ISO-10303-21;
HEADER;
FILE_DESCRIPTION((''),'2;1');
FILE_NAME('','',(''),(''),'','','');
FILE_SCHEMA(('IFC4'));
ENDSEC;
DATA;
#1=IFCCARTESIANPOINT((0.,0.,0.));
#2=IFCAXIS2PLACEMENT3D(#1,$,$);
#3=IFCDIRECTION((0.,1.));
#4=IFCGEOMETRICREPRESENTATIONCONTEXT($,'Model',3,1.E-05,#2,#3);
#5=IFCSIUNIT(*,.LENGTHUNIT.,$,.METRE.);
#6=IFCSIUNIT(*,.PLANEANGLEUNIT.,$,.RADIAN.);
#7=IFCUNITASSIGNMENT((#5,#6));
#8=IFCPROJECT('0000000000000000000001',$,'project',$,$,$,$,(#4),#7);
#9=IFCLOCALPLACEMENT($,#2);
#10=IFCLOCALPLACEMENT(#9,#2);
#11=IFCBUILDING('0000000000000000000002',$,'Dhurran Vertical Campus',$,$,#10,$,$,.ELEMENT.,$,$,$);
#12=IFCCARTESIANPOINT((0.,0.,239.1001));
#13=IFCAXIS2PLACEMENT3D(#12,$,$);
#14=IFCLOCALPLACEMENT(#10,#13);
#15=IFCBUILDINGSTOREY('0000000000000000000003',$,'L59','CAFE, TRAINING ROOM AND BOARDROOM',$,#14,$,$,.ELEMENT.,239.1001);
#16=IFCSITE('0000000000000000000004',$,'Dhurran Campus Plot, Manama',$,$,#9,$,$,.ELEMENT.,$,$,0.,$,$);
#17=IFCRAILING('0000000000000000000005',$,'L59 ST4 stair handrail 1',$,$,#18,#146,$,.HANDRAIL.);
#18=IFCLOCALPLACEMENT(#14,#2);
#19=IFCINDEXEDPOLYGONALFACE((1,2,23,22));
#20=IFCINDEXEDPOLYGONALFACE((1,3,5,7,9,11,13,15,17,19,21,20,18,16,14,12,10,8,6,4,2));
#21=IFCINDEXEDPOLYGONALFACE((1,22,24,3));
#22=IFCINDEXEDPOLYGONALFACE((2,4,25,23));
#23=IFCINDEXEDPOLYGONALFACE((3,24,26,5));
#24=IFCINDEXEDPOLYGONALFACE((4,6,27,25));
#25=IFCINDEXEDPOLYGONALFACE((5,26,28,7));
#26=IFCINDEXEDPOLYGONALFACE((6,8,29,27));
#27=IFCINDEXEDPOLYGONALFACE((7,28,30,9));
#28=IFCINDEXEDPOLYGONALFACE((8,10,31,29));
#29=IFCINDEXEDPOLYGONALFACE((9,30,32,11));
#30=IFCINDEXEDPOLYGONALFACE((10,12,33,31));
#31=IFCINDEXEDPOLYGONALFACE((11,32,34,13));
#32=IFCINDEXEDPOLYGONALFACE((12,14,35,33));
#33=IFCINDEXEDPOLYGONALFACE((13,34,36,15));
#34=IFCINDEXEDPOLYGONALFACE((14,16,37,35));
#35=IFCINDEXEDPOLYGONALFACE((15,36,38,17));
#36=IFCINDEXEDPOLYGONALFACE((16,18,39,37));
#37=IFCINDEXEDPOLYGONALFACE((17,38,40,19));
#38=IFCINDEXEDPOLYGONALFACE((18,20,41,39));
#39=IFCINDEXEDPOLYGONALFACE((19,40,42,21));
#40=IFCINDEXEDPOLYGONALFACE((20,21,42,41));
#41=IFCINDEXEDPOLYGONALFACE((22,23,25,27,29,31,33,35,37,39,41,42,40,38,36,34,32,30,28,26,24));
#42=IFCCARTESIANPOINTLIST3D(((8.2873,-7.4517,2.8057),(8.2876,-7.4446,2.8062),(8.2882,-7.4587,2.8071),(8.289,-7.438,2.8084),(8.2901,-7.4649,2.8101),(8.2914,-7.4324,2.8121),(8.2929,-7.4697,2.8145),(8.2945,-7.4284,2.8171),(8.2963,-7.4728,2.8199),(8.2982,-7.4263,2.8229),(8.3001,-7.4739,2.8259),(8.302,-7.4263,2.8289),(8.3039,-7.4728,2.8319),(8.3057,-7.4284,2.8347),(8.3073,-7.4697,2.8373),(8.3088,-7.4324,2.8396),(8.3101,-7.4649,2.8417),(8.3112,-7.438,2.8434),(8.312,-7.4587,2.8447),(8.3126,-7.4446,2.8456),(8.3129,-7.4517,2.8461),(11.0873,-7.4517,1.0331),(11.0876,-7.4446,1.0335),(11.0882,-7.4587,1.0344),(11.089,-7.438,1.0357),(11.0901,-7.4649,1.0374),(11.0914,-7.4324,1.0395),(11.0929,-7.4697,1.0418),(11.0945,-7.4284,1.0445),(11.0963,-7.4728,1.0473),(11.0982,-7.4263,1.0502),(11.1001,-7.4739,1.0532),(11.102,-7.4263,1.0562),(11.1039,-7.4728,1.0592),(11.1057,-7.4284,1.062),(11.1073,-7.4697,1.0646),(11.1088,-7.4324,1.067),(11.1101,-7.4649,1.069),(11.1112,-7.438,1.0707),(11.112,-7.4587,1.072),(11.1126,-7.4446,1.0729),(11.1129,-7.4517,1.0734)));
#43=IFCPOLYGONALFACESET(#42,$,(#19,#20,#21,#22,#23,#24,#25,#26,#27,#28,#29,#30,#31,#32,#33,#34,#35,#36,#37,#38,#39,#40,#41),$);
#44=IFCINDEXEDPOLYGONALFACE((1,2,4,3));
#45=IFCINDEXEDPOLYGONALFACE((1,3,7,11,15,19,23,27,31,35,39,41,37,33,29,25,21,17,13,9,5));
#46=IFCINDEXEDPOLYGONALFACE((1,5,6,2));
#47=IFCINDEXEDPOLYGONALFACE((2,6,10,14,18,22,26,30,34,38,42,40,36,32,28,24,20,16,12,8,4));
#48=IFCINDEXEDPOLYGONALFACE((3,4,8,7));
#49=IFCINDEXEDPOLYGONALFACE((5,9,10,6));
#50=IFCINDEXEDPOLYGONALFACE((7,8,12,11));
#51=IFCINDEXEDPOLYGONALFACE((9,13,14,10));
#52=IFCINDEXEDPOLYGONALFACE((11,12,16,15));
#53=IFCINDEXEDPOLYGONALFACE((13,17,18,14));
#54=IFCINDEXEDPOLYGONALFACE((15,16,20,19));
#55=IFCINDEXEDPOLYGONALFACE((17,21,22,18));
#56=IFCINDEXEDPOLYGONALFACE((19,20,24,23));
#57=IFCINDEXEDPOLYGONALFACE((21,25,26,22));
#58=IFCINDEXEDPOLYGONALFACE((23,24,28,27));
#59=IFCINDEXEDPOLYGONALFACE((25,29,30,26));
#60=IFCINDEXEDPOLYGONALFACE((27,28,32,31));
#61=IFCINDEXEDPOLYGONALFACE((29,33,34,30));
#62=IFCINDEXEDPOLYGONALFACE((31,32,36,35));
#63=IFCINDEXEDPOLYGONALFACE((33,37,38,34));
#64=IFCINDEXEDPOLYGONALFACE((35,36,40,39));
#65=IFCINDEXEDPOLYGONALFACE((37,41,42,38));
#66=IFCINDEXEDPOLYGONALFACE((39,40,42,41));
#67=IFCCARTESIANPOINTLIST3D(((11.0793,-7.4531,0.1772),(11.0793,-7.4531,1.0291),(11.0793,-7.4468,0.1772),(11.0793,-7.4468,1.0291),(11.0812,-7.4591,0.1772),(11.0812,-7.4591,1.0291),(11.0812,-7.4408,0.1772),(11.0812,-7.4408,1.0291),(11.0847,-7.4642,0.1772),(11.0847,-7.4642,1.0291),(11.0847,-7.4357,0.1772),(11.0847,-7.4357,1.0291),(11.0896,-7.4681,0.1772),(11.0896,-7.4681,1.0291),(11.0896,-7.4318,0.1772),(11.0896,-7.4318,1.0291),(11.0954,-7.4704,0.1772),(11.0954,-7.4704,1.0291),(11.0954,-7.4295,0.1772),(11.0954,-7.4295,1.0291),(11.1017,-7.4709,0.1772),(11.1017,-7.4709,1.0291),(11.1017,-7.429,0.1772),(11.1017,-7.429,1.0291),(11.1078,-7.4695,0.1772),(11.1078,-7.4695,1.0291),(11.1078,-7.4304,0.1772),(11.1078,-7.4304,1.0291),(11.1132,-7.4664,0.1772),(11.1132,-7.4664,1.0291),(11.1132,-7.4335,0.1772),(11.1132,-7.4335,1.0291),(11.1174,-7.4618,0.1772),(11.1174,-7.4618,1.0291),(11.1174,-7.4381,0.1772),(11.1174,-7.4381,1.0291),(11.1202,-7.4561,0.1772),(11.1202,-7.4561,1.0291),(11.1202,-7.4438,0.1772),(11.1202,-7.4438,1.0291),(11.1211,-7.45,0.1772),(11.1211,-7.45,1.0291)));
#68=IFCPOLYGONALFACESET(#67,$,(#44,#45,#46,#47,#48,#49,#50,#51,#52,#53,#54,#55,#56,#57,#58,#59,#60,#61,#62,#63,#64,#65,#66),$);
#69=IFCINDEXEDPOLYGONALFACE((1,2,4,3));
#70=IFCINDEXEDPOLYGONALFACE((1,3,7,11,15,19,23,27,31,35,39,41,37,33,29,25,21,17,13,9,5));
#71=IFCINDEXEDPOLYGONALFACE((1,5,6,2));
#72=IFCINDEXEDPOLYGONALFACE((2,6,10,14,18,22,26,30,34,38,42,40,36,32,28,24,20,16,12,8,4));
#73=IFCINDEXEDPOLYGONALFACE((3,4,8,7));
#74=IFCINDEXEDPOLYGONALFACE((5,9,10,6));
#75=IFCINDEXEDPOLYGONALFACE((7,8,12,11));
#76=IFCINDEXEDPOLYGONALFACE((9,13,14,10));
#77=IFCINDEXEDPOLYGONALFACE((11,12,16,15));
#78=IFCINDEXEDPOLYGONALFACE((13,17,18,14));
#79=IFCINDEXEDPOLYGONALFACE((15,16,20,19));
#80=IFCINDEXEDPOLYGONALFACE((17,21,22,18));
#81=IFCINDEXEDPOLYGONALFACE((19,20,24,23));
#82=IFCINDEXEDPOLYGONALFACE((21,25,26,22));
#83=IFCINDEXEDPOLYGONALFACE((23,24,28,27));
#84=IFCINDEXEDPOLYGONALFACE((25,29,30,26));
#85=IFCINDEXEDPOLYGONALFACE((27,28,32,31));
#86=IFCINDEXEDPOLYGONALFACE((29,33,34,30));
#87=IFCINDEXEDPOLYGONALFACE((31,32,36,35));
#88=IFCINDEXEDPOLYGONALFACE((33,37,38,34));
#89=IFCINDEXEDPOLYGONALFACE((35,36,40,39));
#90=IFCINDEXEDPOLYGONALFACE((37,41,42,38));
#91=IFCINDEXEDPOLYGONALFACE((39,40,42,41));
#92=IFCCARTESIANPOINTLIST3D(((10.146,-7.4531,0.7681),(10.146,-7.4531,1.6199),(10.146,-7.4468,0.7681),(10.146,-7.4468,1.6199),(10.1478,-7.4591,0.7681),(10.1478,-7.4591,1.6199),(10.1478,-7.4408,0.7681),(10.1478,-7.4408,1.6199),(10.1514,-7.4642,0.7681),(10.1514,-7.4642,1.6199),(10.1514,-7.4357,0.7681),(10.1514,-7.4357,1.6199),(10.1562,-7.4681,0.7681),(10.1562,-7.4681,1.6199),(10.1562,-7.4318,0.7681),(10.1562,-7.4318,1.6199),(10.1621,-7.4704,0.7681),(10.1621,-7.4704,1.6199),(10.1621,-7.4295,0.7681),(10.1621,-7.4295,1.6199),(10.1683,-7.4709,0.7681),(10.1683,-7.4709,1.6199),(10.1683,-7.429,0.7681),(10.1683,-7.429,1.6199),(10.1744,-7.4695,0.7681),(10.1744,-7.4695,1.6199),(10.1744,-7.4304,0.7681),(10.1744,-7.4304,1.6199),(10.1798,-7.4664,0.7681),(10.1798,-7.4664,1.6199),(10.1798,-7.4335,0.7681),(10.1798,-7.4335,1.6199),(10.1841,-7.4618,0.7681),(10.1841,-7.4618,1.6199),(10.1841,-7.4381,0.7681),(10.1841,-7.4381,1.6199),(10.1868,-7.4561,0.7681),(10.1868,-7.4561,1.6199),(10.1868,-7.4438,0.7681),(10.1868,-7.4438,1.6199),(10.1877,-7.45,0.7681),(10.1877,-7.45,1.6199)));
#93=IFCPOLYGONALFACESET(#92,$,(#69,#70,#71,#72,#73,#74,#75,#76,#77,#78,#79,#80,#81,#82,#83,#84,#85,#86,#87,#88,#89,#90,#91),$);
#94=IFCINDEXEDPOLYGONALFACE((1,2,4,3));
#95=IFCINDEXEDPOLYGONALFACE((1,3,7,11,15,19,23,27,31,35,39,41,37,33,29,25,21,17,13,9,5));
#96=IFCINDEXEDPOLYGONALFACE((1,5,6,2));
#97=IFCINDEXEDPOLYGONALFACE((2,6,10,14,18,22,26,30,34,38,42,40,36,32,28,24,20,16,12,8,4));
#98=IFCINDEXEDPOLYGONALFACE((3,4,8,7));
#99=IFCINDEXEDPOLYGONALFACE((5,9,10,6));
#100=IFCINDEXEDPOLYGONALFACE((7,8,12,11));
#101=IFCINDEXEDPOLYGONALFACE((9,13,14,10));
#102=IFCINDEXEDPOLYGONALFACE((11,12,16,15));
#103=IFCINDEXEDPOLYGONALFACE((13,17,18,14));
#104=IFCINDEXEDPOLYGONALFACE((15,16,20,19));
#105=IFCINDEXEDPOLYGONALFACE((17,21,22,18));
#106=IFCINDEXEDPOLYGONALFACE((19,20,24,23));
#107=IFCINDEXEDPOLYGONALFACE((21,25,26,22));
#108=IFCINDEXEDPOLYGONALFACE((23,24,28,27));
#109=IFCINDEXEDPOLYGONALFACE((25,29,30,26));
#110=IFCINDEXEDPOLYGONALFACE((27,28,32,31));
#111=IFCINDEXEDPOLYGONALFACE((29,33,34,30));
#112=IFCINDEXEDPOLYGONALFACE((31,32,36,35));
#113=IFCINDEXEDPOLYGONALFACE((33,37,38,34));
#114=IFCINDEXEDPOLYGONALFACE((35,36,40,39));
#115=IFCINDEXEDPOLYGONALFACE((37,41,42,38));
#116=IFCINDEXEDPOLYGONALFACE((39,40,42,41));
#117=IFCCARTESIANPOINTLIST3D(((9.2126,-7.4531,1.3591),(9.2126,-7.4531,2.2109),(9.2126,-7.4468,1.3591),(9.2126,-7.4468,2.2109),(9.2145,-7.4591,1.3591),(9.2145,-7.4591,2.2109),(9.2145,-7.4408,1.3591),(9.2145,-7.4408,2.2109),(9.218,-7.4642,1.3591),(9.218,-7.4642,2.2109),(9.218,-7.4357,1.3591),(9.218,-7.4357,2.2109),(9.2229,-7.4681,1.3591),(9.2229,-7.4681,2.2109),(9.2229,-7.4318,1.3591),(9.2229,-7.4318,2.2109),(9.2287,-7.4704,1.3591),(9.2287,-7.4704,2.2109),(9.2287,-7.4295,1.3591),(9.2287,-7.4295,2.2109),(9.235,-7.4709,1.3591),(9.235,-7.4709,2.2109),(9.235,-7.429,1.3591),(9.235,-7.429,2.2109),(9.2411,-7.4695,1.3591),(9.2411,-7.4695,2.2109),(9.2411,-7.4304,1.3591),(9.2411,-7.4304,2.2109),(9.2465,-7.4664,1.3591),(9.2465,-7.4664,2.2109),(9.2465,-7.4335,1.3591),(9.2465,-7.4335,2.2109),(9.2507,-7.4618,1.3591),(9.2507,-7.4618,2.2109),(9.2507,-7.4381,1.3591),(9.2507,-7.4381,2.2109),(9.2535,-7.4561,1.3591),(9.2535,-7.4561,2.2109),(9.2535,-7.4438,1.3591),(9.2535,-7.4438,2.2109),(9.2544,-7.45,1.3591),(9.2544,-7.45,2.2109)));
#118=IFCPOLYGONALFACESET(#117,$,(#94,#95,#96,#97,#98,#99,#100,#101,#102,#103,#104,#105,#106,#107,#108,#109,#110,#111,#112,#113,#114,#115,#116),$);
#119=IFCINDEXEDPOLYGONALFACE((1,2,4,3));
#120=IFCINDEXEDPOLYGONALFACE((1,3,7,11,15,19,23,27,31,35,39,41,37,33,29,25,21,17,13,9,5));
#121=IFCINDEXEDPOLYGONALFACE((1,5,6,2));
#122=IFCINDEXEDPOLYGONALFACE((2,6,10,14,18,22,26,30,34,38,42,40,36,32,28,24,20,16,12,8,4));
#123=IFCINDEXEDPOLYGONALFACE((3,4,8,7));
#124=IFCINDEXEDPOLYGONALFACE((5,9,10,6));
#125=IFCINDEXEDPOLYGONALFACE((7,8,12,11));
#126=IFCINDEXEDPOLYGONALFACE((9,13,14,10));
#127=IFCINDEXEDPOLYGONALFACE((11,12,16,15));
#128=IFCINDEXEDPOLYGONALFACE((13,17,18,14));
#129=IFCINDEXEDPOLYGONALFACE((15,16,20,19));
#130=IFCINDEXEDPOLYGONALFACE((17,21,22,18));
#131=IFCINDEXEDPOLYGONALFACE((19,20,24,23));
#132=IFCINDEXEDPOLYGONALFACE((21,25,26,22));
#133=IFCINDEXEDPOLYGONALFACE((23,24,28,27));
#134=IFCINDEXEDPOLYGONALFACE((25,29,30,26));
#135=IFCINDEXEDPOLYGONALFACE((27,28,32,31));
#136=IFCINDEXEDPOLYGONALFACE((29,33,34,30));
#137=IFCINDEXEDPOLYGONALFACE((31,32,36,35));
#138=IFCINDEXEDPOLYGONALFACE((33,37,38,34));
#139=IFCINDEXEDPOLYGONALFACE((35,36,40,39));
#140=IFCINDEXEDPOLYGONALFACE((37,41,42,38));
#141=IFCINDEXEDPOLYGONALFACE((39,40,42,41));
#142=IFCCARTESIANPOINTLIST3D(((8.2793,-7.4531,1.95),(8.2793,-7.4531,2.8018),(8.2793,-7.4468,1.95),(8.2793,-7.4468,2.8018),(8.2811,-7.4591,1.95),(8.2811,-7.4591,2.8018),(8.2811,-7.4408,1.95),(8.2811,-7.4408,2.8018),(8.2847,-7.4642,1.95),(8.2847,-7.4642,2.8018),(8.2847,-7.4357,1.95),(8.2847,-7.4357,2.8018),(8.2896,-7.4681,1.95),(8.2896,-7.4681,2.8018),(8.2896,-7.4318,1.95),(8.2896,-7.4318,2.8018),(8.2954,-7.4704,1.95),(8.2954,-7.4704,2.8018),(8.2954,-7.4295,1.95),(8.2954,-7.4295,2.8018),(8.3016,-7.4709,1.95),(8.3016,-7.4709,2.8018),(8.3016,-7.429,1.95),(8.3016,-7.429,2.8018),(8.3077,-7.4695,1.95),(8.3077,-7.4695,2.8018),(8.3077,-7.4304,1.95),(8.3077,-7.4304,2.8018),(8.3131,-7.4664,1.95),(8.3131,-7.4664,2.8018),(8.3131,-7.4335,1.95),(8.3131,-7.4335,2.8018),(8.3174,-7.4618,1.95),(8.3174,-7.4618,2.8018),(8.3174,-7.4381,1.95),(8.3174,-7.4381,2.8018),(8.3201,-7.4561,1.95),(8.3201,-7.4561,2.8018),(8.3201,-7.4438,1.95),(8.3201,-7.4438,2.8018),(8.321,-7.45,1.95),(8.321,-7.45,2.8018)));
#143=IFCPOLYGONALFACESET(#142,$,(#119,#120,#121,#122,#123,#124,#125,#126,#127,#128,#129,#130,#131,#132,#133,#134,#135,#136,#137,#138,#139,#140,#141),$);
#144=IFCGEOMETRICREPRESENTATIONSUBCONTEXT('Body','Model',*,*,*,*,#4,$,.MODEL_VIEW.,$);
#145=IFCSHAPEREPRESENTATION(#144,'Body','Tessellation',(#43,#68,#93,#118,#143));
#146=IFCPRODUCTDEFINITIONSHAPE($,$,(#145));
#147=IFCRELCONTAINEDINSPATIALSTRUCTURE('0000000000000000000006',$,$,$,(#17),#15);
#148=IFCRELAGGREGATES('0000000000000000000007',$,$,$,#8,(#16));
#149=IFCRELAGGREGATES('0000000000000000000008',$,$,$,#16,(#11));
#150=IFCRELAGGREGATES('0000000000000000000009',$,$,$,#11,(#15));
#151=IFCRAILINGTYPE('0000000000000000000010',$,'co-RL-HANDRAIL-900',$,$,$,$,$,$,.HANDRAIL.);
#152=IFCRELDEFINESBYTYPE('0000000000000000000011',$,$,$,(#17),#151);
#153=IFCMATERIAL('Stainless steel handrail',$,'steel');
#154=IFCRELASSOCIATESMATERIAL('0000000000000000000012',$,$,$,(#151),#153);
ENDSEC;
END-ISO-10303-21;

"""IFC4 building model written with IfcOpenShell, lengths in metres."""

from ifc_helpers import new_model, si_unit, direction, frame, origin, origin_2d, place, context, subcontext, project, spatial, circle, extrude, material, type_object, element, save


model = new_model("IFC4")

# Units and contexts
model_context = context("Model", 3, precision=1e-05, world=origin(), true_north=direction((0.0, 1.0)))
body_context = subcontext(model_context, "Body", "Model", "MODEL_VIEW")
ifc_project = project(units=[si_unit("LENGTHUNIT", "METRE"), si_unit("PLANEANGLEUNIT", "RADIAN")], contexts=[model_context])

# Site, building, storey
site_placement = place(None, origin())
site = spatial("IfcSite", under=ifc_project, at=site_placement, Name="Dhurran Campus Plot, Manama", CompositionType="ELEMENT", RefElevation=0.0)
building_placement = place(site_placement, origin())
building = spatial("IfcBuilding", under=site, at=building_placement, Name="Dhurran Vertical Campus", CompositionType="ELEMENT")
storey_placement = place(building_placement, frame((0.0, 0.0, 239.1001)))
storey = spatial("IfcBuildingStorey", under=building, at=storey_placement, Name="L59", Description="CAFE, TRAINING ROOM AND BOARDROOM", CompositionType="ELEMENT", Elevation=239.1001)

# Railing
ifc_material_1 = material(Name="Stainless steel handrail", Category="steel")
railing_type_1 = type_object("IfcRailingType", Name="co-RL-HANDRAIL-900", PredefinedType="HANDRAIL", material=ifc_material_1)
railing_1_placement = place(storey_placement, frame((11.1001, -7.45, 0.1772)))
element("IfcRailing", 1, at=railing_1_placement, inside=storey, type_object=railing_type_1, Name="L59 ST4 stair handrail 1", PredefinedType="HANDRAIL", context=body_context, shape_type="SweptSolid", body=[
    extrude(circle(Radius=0.0239, at=origin_2d()), frame((0.0, 0.0, 0.876), z_axis=(-0.844909, 0.0, 0.53491), x_axis=(0.0, -1.0, 0.0)), (0.0, 0.0, 1.0), 3.314),
    extrude(circle(Radius=0.021, at=origin_2d()), origin(), (0.0, 0.0, 1.0), 0.8518),
    extrude(circle(Radius=0.021, at=origin_2d()), frame((-0.9333, 0.0, 0.5908)), (0.0, 0.0, 1.0), 0.8518),
    extrude(circle(Radius=0.021, at=origin_2d()), frame((-1.8667, 0.0, 1.1819)), (0.0, 0.0, 1.0), 0.8518),
    extrude(circle(Radius=0.021, at=origin_2d()), frame((-2.8, 0.0, 1.7727)), (0.0, 0.0, 1.0), 0.8518),
])

save(model, "model.ifc")
